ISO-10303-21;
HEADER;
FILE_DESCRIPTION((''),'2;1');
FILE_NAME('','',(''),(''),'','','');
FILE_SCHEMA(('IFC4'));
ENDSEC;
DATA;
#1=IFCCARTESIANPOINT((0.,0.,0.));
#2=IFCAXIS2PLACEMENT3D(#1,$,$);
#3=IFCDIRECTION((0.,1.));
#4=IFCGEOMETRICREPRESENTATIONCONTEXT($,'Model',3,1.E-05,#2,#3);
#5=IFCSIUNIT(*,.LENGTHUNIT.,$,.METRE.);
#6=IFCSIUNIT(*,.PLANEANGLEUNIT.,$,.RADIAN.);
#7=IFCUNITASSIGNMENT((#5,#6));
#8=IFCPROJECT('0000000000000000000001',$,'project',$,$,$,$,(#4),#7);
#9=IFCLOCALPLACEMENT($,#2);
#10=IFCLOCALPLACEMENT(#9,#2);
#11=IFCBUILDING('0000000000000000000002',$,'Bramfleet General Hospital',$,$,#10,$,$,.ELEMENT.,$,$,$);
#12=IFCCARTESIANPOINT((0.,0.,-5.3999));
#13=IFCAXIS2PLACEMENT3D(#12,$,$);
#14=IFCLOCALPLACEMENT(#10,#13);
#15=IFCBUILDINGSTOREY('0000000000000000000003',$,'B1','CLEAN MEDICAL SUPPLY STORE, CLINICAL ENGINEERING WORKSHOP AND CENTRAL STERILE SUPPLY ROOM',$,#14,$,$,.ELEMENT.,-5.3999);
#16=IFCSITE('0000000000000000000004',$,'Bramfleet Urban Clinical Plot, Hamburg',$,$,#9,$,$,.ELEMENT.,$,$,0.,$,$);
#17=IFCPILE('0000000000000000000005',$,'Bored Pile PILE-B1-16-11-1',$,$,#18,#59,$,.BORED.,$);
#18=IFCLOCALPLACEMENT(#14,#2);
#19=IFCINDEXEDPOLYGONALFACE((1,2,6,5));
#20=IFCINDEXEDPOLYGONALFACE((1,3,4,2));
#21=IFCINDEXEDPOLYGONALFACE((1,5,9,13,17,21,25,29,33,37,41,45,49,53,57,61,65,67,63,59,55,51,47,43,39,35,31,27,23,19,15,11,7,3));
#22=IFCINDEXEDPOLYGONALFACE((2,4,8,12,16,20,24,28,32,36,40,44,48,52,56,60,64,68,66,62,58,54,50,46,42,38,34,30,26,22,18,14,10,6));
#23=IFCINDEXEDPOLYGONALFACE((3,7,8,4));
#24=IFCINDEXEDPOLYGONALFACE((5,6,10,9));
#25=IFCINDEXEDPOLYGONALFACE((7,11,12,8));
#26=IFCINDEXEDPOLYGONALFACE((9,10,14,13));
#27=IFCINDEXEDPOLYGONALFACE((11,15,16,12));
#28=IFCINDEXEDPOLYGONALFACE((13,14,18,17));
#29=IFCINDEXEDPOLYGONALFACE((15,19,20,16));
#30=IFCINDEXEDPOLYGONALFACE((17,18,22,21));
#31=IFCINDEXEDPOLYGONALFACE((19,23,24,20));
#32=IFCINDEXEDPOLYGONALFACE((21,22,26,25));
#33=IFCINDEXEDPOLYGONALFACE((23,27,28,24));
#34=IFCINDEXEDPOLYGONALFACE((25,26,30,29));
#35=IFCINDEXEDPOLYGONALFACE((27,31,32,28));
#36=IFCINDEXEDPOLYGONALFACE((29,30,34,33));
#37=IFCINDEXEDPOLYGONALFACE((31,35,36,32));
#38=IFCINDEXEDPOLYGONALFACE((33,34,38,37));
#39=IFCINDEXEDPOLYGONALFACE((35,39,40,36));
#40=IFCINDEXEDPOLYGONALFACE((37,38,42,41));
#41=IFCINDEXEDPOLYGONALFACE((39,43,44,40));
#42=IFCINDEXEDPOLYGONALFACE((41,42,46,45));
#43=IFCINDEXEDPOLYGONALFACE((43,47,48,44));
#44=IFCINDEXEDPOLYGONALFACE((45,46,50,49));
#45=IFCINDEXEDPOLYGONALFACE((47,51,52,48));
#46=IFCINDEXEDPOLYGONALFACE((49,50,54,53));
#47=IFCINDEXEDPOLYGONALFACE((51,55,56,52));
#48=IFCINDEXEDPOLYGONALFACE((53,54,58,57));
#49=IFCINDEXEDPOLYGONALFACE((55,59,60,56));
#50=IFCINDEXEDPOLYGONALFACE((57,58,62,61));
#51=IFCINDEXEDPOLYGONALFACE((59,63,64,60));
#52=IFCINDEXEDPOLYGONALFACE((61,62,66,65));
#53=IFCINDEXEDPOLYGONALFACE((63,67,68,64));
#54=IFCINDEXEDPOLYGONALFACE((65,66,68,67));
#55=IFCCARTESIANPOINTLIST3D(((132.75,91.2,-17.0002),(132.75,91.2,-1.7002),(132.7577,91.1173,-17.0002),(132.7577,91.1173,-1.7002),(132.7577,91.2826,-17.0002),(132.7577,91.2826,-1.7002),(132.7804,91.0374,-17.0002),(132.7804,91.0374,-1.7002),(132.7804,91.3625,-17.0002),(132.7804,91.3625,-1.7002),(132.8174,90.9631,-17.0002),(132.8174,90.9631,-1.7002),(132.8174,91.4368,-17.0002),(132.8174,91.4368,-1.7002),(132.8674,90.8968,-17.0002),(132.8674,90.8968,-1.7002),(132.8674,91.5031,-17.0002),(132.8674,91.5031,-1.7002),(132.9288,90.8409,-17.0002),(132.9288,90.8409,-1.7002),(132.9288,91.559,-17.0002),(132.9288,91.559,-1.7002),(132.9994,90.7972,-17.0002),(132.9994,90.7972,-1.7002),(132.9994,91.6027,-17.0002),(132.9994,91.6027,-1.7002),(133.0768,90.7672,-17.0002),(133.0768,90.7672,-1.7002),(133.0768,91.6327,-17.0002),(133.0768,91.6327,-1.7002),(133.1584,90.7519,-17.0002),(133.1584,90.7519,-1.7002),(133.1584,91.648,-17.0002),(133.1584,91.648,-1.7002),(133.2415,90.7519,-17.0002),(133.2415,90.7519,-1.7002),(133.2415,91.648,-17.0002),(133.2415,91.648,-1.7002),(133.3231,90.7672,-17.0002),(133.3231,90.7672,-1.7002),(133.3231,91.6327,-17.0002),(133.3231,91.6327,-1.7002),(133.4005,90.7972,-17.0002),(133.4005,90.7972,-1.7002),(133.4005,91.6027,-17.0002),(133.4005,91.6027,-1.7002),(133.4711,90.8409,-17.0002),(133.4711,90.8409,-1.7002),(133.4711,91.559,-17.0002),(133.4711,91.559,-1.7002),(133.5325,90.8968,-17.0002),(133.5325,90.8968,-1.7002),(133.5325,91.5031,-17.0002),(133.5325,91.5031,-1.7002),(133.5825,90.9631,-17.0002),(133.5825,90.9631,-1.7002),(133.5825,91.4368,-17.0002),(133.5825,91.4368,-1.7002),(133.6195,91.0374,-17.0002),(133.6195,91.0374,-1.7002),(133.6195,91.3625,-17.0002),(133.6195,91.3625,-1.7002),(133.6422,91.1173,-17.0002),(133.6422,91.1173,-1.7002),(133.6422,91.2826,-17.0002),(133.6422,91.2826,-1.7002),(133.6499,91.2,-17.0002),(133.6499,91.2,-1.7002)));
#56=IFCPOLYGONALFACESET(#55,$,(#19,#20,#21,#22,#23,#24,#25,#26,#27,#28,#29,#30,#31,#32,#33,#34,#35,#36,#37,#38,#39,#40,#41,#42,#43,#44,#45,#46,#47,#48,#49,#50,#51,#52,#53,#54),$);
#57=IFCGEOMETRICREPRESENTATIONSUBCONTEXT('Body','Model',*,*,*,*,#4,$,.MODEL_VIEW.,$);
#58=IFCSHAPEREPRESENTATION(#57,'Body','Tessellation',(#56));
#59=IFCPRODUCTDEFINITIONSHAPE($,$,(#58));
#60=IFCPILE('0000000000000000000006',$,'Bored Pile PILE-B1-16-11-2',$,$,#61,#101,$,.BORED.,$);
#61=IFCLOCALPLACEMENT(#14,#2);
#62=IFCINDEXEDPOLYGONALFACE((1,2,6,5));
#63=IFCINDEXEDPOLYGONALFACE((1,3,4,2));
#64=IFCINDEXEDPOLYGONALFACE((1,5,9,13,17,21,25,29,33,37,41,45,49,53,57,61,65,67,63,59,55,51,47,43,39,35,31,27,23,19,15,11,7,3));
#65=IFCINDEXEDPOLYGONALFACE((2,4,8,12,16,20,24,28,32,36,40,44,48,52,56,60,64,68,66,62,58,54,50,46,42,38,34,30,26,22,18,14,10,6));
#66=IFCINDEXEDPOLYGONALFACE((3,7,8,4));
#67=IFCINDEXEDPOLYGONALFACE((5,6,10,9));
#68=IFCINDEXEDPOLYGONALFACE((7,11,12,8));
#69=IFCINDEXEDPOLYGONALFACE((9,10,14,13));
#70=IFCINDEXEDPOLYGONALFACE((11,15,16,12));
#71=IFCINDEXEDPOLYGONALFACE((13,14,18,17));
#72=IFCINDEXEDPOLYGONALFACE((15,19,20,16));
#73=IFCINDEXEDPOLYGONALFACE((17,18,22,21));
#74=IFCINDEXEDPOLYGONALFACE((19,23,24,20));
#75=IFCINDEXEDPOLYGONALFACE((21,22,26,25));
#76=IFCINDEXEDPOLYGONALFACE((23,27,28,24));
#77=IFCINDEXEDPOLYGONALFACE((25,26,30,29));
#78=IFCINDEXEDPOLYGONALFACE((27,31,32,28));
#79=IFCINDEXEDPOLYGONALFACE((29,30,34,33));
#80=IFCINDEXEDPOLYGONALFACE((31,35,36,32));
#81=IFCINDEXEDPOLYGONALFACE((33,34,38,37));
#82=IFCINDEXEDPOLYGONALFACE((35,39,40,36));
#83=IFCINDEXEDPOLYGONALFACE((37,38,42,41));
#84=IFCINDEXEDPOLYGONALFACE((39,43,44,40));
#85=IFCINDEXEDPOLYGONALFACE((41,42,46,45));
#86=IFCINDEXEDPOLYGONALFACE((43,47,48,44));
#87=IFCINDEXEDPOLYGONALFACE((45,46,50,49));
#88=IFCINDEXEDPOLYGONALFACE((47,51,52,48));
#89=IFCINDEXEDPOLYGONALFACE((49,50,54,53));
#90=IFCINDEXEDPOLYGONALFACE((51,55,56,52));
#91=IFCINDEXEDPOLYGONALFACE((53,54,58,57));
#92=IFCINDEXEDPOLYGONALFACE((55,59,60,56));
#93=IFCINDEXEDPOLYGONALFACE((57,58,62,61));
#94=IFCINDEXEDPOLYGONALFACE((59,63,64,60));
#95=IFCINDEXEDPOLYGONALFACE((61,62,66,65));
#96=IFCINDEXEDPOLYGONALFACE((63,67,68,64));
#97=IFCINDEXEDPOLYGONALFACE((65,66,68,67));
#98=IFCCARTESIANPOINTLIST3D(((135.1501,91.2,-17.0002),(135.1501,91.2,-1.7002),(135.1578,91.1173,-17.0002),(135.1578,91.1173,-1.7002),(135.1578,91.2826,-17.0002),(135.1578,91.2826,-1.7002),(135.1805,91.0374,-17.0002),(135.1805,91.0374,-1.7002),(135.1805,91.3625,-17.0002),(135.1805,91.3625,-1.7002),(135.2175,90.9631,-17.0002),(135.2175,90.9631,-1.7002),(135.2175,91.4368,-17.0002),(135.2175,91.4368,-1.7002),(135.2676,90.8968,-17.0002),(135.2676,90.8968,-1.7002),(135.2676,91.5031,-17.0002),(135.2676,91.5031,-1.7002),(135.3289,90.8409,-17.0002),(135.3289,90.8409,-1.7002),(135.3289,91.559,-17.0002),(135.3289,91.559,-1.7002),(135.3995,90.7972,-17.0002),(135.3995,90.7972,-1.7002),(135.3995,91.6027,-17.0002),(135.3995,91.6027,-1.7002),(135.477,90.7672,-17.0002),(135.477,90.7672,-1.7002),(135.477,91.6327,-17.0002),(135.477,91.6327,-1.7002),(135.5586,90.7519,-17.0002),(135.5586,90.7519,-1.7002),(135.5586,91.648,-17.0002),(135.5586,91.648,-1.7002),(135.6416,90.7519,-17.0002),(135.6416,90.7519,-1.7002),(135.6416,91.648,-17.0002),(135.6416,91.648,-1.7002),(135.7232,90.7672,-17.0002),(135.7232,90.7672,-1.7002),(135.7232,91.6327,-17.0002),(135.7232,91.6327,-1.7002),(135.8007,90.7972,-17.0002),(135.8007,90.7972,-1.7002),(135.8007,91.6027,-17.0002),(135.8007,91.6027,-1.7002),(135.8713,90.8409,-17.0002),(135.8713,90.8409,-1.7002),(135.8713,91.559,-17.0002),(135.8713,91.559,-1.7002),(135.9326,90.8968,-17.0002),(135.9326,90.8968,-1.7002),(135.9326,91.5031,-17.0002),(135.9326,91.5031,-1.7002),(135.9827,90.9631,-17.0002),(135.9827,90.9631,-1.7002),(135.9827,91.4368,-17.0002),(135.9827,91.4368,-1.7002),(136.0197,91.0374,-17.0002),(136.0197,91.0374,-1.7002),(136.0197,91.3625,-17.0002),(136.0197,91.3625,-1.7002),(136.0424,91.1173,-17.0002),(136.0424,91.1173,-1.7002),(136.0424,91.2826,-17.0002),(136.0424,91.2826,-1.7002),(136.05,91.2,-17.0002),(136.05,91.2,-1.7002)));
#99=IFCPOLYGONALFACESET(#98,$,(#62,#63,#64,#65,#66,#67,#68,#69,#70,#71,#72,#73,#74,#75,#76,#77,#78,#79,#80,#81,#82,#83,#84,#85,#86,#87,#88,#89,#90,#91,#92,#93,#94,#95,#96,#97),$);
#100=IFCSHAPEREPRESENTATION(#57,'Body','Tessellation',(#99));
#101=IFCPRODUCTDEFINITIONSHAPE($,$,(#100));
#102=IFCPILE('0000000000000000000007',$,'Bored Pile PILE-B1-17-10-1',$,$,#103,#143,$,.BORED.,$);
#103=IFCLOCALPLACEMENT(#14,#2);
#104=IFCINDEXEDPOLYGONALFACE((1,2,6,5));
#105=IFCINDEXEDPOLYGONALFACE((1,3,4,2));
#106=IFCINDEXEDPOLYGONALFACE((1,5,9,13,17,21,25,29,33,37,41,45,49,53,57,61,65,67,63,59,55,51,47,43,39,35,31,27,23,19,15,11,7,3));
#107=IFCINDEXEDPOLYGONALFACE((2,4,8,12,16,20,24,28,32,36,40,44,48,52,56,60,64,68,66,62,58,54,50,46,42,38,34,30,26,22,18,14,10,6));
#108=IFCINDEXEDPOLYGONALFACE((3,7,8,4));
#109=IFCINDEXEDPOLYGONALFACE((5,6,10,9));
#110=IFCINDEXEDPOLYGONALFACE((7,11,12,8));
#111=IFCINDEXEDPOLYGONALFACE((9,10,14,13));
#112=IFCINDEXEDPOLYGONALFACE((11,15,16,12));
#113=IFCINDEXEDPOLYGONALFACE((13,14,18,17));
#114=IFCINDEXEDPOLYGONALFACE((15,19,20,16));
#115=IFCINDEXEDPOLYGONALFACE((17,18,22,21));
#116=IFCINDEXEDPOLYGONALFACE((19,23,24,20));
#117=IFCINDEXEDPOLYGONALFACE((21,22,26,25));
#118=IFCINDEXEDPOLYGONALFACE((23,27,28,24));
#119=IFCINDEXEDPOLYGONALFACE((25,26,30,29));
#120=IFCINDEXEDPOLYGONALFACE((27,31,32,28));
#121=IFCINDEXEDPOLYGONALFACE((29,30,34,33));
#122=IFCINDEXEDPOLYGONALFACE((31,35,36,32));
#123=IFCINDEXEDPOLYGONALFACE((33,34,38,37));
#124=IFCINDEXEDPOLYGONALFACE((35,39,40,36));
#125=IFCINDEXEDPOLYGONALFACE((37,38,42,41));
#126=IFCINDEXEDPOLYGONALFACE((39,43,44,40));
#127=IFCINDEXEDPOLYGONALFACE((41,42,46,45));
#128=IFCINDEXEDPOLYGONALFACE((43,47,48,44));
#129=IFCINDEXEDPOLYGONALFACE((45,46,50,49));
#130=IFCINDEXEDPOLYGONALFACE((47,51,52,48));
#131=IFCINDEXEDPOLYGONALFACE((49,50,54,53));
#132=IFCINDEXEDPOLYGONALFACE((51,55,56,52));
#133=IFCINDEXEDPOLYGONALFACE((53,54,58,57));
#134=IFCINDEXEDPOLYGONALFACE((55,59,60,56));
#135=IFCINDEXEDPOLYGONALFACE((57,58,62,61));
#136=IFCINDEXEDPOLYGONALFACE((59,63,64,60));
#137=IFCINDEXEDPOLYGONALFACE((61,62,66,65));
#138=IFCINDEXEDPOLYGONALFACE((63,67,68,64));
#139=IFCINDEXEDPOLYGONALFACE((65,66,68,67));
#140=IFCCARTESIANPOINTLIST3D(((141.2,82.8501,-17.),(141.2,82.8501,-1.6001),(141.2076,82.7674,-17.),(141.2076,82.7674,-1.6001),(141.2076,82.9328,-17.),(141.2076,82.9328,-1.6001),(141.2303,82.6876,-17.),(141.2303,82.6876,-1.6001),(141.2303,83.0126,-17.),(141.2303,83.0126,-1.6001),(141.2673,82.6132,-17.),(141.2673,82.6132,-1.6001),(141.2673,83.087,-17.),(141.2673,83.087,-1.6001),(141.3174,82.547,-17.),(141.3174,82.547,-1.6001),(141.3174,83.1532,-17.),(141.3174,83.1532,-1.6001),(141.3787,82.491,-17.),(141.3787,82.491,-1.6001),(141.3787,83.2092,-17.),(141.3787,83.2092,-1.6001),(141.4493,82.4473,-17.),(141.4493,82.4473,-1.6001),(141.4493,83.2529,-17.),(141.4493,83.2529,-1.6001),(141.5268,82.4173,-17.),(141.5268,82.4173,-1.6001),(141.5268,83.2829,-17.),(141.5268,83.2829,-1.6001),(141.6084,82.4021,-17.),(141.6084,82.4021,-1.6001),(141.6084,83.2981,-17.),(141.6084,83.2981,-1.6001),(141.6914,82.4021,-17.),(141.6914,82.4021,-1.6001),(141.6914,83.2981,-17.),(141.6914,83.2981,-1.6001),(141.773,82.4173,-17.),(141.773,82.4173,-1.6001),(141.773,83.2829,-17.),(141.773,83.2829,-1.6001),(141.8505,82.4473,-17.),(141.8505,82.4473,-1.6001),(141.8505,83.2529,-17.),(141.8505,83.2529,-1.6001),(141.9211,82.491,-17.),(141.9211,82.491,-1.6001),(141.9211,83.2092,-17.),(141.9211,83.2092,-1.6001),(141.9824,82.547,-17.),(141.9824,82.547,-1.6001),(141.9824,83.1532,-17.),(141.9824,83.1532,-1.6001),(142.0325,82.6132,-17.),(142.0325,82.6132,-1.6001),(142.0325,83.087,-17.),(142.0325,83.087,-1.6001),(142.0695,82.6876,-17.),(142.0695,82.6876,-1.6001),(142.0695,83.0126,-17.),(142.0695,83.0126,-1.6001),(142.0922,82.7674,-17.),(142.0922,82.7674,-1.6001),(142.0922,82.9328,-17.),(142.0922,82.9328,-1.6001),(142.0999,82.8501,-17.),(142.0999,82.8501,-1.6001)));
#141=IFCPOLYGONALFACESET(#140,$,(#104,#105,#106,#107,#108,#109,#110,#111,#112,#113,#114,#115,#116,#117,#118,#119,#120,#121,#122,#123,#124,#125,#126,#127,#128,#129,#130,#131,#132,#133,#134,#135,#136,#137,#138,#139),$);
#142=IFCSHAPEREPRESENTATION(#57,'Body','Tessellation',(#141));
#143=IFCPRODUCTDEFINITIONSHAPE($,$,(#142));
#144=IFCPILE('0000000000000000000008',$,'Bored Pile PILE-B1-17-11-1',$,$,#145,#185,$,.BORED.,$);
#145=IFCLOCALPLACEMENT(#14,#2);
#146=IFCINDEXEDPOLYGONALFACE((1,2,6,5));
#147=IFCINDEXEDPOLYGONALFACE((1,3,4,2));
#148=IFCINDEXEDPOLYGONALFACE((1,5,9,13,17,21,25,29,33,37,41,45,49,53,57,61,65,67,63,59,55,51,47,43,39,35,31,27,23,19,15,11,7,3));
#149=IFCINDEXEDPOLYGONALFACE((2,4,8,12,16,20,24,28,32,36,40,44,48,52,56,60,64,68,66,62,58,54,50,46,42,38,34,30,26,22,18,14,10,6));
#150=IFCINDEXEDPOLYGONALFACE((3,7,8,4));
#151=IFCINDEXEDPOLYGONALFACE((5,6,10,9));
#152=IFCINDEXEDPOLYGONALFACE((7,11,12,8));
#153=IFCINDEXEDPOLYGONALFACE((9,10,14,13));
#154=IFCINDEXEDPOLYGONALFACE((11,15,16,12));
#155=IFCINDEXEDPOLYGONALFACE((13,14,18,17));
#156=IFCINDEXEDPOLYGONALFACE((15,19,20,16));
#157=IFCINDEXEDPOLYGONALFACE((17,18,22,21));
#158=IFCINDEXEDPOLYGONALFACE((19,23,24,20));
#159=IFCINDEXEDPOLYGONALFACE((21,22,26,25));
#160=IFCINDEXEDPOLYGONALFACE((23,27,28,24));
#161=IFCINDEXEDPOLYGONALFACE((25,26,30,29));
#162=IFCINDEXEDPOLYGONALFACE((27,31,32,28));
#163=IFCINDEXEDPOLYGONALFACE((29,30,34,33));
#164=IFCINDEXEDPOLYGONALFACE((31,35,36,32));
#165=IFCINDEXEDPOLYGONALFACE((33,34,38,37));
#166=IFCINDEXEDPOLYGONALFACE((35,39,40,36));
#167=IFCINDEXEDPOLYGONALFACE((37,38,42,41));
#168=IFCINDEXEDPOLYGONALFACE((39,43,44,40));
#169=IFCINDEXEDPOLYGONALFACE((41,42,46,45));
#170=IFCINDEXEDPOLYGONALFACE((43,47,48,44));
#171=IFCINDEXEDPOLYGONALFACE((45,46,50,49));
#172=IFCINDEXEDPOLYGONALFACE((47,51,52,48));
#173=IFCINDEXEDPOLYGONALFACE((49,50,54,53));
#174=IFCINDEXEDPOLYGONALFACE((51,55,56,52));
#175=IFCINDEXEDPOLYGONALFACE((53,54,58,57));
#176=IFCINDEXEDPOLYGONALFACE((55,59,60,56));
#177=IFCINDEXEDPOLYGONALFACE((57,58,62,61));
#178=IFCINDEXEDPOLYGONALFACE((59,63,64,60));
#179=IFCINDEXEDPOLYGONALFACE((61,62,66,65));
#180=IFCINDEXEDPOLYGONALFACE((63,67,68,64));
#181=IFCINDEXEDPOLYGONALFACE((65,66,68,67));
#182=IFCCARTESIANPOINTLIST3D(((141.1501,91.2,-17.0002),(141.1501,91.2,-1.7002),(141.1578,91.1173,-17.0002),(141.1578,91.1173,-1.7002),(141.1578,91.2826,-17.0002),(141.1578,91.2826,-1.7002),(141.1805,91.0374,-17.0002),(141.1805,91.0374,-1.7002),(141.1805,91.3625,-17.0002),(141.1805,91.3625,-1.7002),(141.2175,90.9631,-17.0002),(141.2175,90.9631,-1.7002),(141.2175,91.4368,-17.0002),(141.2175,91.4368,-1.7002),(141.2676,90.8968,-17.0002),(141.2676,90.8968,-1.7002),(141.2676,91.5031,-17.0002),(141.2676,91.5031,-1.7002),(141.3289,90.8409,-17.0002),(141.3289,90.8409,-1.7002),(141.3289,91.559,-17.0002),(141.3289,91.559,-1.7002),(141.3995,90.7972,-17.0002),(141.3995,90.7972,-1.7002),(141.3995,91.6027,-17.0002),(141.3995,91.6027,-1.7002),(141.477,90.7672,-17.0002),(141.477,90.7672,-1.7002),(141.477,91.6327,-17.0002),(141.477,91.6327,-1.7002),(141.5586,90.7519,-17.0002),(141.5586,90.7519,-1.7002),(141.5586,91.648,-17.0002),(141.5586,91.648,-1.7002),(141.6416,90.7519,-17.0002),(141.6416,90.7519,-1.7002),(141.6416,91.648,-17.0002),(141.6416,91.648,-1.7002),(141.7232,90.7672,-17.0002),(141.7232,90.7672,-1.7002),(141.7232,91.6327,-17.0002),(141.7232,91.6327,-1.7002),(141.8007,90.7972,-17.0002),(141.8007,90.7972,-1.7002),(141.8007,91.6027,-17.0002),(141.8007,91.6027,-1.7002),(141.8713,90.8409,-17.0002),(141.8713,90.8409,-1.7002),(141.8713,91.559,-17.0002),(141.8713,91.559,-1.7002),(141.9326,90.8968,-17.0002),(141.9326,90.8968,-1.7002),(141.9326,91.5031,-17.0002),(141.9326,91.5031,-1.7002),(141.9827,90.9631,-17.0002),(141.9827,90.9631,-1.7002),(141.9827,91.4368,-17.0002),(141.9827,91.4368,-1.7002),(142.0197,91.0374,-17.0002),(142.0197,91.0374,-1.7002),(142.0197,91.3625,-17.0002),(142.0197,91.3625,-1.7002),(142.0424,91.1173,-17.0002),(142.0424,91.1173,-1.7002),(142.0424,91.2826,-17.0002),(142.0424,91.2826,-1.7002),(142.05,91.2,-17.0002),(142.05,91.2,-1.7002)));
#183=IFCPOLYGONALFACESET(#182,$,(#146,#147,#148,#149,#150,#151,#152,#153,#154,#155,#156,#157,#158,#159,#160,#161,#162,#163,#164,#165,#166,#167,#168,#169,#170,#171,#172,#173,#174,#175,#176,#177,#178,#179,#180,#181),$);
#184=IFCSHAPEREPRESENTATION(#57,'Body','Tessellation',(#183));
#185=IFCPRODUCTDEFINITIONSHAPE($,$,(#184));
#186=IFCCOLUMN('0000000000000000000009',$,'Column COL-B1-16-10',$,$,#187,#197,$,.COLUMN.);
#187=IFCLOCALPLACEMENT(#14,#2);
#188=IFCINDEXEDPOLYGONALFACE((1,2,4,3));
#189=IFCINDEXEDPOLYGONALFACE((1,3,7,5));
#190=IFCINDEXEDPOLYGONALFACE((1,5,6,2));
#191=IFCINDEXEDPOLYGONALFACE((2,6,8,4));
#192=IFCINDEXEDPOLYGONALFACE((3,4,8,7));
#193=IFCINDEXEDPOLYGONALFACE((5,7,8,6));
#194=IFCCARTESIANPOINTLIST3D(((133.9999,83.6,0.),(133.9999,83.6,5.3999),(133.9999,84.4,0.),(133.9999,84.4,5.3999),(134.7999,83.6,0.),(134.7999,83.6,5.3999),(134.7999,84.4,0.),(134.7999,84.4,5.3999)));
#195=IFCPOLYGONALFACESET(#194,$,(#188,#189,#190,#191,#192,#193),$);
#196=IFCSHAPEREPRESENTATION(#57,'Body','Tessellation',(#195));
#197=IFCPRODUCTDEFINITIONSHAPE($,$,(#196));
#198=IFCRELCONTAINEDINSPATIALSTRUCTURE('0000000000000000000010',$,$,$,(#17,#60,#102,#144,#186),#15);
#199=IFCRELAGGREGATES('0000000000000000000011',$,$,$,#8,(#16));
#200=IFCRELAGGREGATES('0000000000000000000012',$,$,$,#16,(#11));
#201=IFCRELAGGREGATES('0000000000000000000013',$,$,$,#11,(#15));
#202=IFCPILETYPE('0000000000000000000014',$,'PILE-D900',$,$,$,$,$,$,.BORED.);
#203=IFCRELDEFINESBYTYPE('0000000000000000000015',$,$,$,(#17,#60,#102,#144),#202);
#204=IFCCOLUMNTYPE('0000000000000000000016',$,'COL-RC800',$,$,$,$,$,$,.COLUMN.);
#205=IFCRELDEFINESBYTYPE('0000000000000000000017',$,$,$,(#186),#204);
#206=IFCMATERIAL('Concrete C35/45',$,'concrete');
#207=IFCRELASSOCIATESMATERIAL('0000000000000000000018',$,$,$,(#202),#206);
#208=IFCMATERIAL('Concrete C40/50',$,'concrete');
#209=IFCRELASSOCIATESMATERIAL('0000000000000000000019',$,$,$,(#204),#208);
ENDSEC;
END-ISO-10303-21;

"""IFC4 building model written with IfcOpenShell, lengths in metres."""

from ifc_helpers import new_model, si_unit, direction, frame, origin, origin_2d, place, context, subcontext, project, spatial, rectangle, circle, extrude, material, material_profile, profile_set, type_object, element, save


model = new_model("IFC4")

# Units and contexts
model_context = context("Model", 3, precision=1e-05, world=origin(), true_north=direction((0.0, 1.0)))
body_context = subcontext(model_context, "Body", "Model", "MODEL_VIEW")
ifc_project = project(units=[si_unit("LENGTHUNIT", "METRE"), si_unit("PLANEANGLEUNIT", "RADIAN")], contexts=[model_context])

# Site, building, storey
site_placement = place(None, origin())
site = spatial("IfcSite", under=ifc_project, at=site_placement, Name="Bramfleet Urban Clinical Plot, Hamburg", CompositionType="ELEMENT", RefElevation=0.0)
building_placement = place(site_placement, origin())
building = spatial("IfcBuilding", under=site, at=building_placement, Name="Bramfleet General Hospital", CompositionType="ELEMENT")
storey_placement = place(building_placement, frame((0.0, 0.0, -5.3999)))
storey = spatial("IfcBuildingStorey", under=building, at=storey_placement, Name="B1", Description="CLEAN MEDICAL SUPPLY STORE, CLINICAL ENGINEERING WORKSHOP AND CENTRAL STERILE SUPPLY ROOM", CompositionType="ELEMENT", Elevation=-5.3999)

# Shared definitions
ifc_material_1 = material(Name="Concrete C35/45", Category="concrete")

# Piles
ifc_material_profile_1 = material_profile(ifc_material_1, circle(Radius=0.45, at=origin_2d()), Name="PILE BORED D900")
ifc_profile_set_1 = profile_set([ifc_material_profile_1], Name="Concrete C35/45")
pile_type = type_object("IfcPileType", Name="PILE-D900", PredefinedType="BORED", material=ifc_profile_set_1)
for number, where, z_axis, x_axis, name in (
    (1, (133.2, 91.2, -1.7002), (0.0, 0.0, -1.0), (1.0, 0.0, 0.0), "Bored Pile PILE-B1-16-11-1"),
    (2, (135.6001, 91.2, -1.7002), (0.0, 0.0, -1.0), (1.0, 0.0, 0.0), "Bored Pile PILE-B1-16-11-2"),
):
    element("IfcPile", number, at=place(storey_placement, frame(where, z_axis=z_axis, x_axis=x_axis)), inside=storey, type_object=pile_type, Name=name, PredefinedType="BORED", context=body_context, shape_type="SweptSolid", body=[
        extrude(circle(Radius=0.45, at=origin_2d()), origin(), (0.0, 0.0, 1.0), 15.3),
    ])
pile_1_placement = place(storey_placement, frame((141.6499, 82.8501, -1.6001), z_axis=(0.0, 0.0, -1.0), x_axis=(1.0, 0.0, 0.0)))
element("IfcPile", 3, at=pile_1_placement, inside=storey, type_object=pile_type, Name="Bored Pile PILE-B1-17-10-1", PredefinedType="BORED", context=body_context, shape_type="SweptSolid", body=[
    extrude(circle(Radius=0.45, at=origin_2d()), origin(), (0.0, 0.0, 1.0), 15.3999),
])
pile_2_placement = place(storey_placement, frame((141.6001, 91.2, -1.7002), z_axis=(0.0, 0.0, -1.0), x_axis=(1.0, 0.0, 0.0)))
element("IfcPile", 4, at=pile_2_placement, inside=storey, type_object=pile_type, Name="Bored Pile PILE-B1-17-11-1", PredefinedType="BORED", context=body_context, shape_type="SweptSolid", body=[
    extrude(circle(Radius=0.45, at=origin_2d()), origin(), (0.0, 0.0, 1.0), 15.3),
])

# Column
ifc_material_2 = material(Name="Concrete C40/50", Category="concrete")
ifc_material_profile_2 = material_profile(ifc_material_2, rectangle(XDim=0.8, YDim=0.8, at=origin_2d()), Name="RC COL 800x800")
ifc_profile_set_2 = profile_set([ifc_material_profile_2], Name="Concrete C40/50")
column_type_1 = type_object("IfcColumnType", Name="COL-RC800", PredefinedType="COLUMN", material=ifc_profile_set_2)
column_1_placement = place(storey_placement, frame((134.3999, 84.0, 0.0), z_axis=(0.0, 0.0, 1.0), x_axis=(1.0, 0.0, 0.0)))
element("IfcColumn", 5, at=column_1_placement, inside=storey, type_object=column_type_1, Name="Column COL-B1-16-10", PredefinedType="COLUMN", context=body_context, shape_type="SweptSolid", body=[
    extrude(rectangle(XDim=0.8, YDim=0.8, at=origin_2d()), origin(), (0.0, 0.0, 1.0), 5.3999),
])

save(model, "model.ifc")
